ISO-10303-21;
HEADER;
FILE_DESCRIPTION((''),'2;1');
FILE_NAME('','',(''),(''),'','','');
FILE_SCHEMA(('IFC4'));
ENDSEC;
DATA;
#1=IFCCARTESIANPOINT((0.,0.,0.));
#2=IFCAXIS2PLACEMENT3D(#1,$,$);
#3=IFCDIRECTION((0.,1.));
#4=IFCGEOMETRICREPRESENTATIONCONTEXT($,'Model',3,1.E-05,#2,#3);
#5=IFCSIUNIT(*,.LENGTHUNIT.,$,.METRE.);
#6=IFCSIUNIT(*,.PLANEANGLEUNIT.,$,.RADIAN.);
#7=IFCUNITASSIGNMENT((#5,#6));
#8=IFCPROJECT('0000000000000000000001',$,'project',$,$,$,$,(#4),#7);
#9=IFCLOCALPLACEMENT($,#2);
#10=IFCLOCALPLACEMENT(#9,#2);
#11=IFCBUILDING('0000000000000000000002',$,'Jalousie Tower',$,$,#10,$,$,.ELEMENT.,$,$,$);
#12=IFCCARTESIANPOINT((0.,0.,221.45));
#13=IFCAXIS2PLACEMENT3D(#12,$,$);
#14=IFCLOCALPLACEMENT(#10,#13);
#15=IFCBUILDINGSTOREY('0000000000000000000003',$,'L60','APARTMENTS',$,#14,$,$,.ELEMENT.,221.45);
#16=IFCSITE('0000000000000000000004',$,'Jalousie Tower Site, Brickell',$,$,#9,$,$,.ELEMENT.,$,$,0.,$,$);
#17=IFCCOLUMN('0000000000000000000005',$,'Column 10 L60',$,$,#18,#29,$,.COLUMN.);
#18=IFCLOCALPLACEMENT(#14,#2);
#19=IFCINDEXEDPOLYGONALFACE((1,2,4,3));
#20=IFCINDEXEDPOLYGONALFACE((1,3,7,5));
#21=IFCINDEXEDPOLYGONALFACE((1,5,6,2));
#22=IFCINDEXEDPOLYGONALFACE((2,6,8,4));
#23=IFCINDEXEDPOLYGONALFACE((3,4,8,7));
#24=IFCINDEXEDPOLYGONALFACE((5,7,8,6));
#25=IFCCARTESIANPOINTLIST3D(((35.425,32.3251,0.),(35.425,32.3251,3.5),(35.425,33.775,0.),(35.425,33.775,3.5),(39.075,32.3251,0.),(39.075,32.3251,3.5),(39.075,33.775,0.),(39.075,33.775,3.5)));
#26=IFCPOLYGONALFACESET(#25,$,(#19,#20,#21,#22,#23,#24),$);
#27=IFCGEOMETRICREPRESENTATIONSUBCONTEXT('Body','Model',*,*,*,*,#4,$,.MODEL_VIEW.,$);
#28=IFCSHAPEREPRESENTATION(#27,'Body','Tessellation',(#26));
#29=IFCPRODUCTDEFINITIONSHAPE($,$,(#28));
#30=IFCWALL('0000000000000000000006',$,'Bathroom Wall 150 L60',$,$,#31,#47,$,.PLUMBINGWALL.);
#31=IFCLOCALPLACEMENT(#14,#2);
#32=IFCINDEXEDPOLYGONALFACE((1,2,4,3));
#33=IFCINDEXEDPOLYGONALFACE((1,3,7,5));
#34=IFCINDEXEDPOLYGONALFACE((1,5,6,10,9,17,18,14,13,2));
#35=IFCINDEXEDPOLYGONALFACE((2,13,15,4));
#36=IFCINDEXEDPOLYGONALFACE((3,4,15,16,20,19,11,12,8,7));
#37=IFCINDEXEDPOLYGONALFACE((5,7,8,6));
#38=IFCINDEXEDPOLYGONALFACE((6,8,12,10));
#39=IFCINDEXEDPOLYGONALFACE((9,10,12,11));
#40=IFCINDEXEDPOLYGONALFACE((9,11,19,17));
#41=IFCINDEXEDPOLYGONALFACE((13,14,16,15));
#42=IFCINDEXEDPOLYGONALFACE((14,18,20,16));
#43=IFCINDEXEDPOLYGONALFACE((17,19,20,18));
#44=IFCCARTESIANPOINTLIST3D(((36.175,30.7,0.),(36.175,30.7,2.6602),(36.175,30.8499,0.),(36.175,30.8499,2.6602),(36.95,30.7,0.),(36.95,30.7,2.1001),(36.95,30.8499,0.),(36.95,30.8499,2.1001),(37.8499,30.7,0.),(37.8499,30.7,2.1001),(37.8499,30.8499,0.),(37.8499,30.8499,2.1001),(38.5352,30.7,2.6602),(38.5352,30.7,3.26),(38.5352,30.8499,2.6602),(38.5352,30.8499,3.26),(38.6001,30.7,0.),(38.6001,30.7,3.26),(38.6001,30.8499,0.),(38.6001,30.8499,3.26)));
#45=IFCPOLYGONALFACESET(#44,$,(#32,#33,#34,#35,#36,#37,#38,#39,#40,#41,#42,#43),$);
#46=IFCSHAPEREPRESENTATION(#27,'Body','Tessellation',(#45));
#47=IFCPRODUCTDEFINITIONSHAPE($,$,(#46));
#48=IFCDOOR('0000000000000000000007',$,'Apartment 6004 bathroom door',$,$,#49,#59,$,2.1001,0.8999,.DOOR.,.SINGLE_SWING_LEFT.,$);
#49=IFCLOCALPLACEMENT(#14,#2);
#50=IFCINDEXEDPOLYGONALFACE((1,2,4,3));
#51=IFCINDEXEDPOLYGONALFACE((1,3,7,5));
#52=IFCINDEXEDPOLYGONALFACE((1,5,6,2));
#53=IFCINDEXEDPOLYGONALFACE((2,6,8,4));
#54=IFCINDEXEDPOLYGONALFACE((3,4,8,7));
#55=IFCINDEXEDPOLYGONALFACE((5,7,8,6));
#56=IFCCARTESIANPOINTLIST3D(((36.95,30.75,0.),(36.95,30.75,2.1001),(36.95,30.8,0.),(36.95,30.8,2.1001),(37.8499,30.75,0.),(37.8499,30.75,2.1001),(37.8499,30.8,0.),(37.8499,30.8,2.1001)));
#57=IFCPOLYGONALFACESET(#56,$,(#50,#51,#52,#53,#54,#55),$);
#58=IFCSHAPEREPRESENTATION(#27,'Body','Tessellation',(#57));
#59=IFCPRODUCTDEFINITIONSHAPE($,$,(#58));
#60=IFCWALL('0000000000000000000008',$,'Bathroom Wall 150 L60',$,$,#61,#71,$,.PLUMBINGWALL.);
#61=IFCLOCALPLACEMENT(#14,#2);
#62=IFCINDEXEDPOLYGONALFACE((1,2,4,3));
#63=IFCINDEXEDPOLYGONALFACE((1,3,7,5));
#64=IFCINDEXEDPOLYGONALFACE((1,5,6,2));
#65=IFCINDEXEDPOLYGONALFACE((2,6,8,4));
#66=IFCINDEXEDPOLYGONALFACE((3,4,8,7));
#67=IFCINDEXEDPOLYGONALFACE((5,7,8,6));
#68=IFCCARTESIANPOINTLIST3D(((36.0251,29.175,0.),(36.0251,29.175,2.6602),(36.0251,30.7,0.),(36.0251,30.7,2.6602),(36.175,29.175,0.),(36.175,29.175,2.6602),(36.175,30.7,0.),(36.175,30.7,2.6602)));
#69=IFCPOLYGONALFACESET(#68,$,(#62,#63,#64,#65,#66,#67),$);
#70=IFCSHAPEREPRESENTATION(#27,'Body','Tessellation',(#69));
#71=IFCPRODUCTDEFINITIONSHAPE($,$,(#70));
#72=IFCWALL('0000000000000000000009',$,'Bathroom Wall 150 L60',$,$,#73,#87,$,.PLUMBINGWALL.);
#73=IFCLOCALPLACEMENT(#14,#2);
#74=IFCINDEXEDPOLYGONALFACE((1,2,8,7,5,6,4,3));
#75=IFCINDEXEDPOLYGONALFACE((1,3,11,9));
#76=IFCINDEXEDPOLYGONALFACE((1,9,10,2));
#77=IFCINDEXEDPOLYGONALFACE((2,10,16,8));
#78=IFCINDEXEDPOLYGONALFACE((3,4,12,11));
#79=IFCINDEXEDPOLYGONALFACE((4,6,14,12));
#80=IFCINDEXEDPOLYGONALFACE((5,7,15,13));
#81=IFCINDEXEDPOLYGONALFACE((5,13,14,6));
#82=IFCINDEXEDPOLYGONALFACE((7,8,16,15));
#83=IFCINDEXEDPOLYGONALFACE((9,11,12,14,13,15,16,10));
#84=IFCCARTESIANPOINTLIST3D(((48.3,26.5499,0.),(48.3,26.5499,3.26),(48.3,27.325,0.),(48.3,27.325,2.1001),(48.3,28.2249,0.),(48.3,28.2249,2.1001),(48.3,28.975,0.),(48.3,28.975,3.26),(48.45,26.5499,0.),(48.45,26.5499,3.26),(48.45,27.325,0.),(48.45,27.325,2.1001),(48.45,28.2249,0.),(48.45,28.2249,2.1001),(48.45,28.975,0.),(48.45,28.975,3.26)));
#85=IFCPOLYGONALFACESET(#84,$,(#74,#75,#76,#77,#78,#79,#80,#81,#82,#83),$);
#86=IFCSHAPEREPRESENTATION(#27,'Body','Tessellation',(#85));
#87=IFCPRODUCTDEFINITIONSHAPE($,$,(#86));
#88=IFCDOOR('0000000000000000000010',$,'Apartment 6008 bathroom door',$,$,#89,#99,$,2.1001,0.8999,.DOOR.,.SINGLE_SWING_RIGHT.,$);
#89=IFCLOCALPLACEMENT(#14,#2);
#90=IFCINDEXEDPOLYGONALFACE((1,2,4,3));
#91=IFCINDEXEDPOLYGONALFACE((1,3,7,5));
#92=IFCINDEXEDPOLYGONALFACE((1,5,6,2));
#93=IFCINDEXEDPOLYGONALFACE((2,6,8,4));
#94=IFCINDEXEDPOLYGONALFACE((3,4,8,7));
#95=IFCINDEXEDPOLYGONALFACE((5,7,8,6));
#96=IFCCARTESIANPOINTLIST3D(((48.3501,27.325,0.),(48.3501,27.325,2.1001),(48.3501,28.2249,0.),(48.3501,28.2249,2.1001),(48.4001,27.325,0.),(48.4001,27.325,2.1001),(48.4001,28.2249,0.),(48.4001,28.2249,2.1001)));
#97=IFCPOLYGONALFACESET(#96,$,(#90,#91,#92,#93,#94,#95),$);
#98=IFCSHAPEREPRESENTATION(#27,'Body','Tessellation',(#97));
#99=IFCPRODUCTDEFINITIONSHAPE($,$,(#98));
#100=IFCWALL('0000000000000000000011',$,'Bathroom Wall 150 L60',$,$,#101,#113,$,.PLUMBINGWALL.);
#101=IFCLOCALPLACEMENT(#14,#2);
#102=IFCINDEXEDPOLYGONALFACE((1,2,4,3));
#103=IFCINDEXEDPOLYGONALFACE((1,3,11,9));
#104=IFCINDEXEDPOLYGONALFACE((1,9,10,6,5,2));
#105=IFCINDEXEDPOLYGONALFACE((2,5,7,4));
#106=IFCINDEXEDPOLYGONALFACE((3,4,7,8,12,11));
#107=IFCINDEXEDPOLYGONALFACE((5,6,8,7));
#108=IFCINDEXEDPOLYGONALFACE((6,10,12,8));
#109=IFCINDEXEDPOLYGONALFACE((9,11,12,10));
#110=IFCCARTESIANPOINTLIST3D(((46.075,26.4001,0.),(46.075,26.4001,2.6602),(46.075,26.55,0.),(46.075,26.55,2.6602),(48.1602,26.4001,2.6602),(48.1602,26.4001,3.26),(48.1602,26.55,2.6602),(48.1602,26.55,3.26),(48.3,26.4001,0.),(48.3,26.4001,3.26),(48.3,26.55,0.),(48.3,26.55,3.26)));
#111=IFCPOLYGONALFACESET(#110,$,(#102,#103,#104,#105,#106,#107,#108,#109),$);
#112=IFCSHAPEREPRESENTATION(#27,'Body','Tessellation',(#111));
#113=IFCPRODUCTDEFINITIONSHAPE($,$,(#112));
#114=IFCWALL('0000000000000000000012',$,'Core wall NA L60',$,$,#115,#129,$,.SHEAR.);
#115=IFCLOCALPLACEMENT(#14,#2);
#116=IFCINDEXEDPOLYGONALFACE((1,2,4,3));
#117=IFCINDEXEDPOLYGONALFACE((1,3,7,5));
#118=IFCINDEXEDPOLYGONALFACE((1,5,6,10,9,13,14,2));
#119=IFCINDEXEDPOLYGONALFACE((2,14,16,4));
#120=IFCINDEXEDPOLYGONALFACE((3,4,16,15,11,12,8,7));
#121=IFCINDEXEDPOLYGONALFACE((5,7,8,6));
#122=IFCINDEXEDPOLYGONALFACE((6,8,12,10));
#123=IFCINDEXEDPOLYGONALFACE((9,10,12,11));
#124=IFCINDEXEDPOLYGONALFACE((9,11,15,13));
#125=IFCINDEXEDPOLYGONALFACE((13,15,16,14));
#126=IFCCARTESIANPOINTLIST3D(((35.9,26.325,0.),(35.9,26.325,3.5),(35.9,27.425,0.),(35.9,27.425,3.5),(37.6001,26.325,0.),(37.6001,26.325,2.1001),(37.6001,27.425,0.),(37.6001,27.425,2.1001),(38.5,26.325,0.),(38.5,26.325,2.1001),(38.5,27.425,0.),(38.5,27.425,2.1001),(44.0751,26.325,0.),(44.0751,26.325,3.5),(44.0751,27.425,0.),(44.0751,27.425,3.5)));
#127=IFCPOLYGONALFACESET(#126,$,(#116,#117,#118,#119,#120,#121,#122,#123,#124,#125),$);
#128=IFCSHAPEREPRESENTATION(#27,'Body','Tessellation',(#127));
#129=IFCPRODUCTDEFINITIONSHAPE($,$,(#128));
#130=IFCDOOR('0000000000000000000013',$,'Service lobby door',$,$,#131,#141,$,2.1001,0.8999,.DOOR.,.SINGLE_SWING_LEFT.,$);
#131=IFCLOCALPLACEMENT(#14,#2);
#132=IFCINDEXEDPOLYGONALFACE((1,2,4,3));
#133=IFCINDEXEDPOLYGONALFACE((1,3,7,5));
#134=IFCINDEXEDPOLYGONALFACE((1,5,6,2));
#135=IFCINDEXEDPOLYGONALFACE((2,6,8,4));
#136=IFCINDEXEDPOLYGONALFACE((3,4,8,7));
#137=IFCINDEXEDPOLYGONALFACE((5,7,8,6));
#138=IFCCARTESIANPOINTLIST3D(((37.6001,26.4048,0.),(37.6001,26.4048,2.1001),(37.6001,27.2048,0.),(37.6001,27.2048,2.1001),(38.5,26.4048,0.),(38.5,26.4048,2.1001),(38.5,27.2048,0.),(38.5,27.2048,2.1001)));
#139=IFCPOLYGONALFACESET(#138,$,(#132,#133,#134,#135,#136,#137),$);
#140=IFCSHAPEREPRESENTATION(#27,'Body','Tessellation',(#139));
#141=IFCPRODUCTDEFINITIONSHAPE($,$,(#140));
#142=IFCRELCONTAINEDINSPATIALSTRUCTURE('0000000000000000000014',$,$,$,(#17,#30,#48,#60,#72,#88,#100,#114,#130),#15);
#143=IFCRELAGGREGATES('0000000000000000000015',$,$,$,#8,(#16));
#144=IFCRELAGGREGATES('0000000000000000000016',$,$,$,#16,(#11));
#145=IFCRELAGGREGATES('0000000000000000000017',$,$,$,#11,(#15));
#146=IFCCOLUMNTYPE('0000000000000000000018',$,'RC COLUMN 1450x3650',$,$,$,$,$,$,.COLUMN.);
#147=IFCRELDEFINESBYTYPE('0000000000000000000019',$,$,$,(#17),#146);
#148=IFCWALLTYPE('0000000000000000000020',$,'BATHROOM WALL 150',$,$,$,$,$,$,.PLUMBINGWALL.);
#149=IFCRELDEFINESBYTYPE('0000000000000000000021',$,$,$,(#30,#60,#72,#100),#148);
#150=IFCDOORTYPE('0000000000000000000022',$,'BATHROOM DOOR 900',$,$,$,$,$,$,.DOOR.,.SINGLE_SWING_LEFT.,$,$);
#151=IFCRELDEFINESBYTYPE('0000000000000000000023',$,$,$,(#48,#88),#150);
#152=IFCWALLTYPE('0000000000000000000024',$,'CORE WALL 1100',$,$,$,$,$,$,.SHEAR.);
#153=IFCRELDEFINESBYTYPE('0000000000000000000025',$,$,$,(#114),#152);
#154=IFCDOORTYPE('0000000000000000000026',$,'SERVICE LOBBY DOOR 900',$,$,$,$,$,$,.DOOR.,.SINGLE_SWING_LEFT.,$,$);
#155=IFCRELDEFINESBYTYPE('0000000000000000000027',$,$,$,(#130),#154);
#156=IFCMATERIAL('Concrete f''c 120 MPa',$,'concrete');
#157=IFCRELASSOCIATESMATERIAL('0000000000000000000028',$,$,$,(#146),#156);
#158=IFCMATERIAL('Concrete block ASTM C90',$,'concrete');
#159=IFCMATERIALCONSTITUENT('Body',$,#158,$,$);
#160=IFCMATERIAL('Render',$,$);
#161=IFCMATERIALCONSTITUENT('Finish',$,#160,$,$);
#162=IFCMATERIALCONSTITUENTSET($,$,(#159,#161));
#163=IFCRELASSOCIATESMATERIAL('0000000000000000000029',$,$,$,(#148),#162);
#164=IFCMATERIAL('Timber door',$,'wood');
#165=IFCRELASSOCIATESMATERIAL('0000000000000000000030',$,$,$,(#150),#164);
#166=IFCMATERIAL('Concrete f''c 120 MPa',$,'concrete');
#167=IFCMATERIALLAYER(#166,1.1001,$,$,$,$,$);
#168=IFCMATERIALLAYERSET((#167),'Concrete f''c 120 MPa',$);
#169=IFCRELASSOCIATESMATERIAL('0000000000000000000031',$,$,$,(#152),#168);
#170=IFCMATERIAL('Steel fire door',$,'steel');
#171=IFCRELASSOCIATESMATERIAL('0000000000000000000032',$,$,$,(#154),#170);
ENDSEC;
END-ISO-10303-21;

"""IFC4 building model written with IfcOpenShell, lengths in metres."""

from ifc_helpers import new_model, si_unit, direction, frame, frame_2d, origin, origin_2d, place, context, subcontext, project, spatial, polyline, rectangle, outline, extrude, material, layer, layer_set, constituent, constituent_set, material_profile, profile_set, type_object, element, fill, save


model = new_model("IFC4")

# Units and contexts
model_context = context("Model", 3, precision=1e-05, world=origin(), true_north=direction((0.0, 1.0)))
body_context = subcontext(model_context, "Body", "Model", "MODEL_VIEW")
ifc_project = project(units=[si_unit("LENGTHUNIT", "METRE"), si_unit("PLANEANGLEUNIT", "RADIAN")], contexts=[model_context])

# Site, building, storey
site_placement = place(None, origin())
site = spatial("IfcSite", under=ifc_project, at=site_placement, Name="Jalousie Tower Site, Brickell", CompositionType="ELEMENT", RefElevation=0.0)
building_placement = place(site_placement, origin())
building = spatial("IfcBuilding", under=site, at=building_placement, Name="Jalousie Tower", CompositionType="ELEMENT")
storey_placement = place(building_placement, frame((0.0, 0.0, 221.45)))
storey = spatial("IfcBuildingStorey", under=building, at=storey_placement, Name="L60", Description="APARTMENTS", CompositionType="ELEMENT", Elevation=221.45)

# Column
ifc_material_1 = material(Name="Concrete f'c 120 MPa", Category="concrete")
ifc_material_profile = material_profile(ifc_material_1, rectangle(XDim=1.45, YDim=3.6499, at=origin_2d()), Name="RC 1450x3650")
ifc_profile_set = profile_set([ifc_material_profile], Name="Concrete f'c 120 MPa")
column_type = type_object("IfcColumnType", Name="RC COLUMN 1450x3650", PredefinedType="COLUMN", material=ifc_profile_set)
column_placement = place(storey_placement, frame((37.25, 33.05, 0.0), z_axis=(0.0, 0.0, 1.0), x_axis=(0.0, 1.0, 0.0)))
element("IfcColumn", 1, at=column_placement, inside=storey, type_object=column_type, Name="Column 10 L60", PredefinedType="COLUMN", context=body_context, shape_type="SweptSolid", body=[
    extrude(rectangle(XDim=1.45, YDim=3.6499, at=origin_2d()), origin(), (0.0, 0.0, 1.0), 3.5),
])

# Wall, opening, door
ifc_material_2 = material(Name="Concrete block ASTM C90", Category="concrete")
ifc_constituent_1 = constituent(ifc_material_2, Name="Body")
ifc_material_3 = material(Name="Render")
ifc_constituent_2 = constituent(ifc_material_3, Name="Finish")
ifc_constituent_set_1 = constituent_set(constituents=[ifc_constituent_1, ifc_constituent_2])
wall_type_1 = type_object("IfcWallType", Name="BATHROOM WALL 150", PredefinedType="PLUMBINGWALL", material=ifc_constituent_set_1)
wall_1_placement = place(storey_placement, frame((36.175, 30.7749, 0.0), z_axis=(0.0, 0.0, 1.0), x_axis=(1.0, 0.0, 0.0)))
wall_1 = element("IfcWall", 2, at=wall_1_placement, inside=storey, type_object=wall_type_1, Name="Bathroom Wall 150 L60", PredefinedType="PLUMBINGWALL", context=body_context, shape_type="SweptSolid", body=[
    extrude(outline(polyline([(0.0, 0.0), (2.425, 0.0), (2.425, 3.26), (2.3601, 3.26), (2.3601, 2.6602), (0.0, 2.6602), (0.0, 3.26), (0.0, 0.0)])), frame((0.0, 0.075, 0.0), z_axis=(0.0, -1.0, 0.0), x_axis=(1.0, 0.0, 0.0)), (0.0, 0.0, 1.0), 0.1499),
])
opening_1_placement = place(wall_1_placement, frame((0.7749, 0.0, 0.0)))
opening_1 = element("IfcOpeningElement", 3, at=opening_1_placement, cuts=wall_1, PredefinedType="OPENING", context=body_context, shape_type="SweptSolid", body=[
    extrude(rectangle(XDim=0.8999, YDim=2.1001, at=frame_2d((0.45, 1.05))), frame((0.0, 0.085, 0.0), z_axis=(0.0, -1.0, 0.0), x_axis=(1.0, 0.0, 0.0)), (0.0, 0.0, 1.0), 0.1699),
])
ifc_material_4 = material(Name="Timber door", Category="wood")
door_type_1 = type_object("IfcDoorType", Name="BATHROOM DOOR 900", OperationType="SINGLE_SWING_LEFT", PredefinedType="DOOR", material=ifc_material_4)
door_1_placement = place(opening_1_placement, frame((0.8999, 0.0, 0.0), z_axis=(0.0, 0.0, 1.0), x_axis=(-1.0, 0.0, 0.0)))
door_1 = element("IfcDoor", 4, at=door_1_placement, inside=storey, type_object=door_type_1, Name="Apartment 6004 bathroom door", OperationType="SINGLE_SWING_LEFT", OverallHeight=2.1001, OverallWidth=0.8999, PredefinedType="DOOR", context=body_context, shape_type="SweptSolid", body=[
    extrude(rectangle(XDim=0.8999, YDim=2.1001, at=frame_2d((0.45, 1.05))), frame((0.0, 0.0249, 0.0), z_axis=(0.0, -1.0, 0.0), x_axis=(1.0, 0.0, 0.0)), (0.0, 0.0, 1.0), 0.05),
])
fill(opening_1, door_1)

# Wall
wall_2_placement = place(storey_placement, frame((36.1001, 30.7, 0.0), z_axis=(0.0, 0.0, 1.0), x_axis=(0.0, -1.0, 0.0)))
element("IfcWall", 5, at=wall_2_placement, inside=storey, type_object=wall_type_1, Name="Bathroom Wall 150 L60", PredefinedType="PLUMBINGWALL", context=body_context, shape_type="SweptSolid", body=[
    extrude(outline(polyline([(0.0, 0.0), (1.5249, 0.0), (1.5249, 3.26), (1.5249, 2.6602), (0.0, 2.6602), (0.0, 3.26), (0.0, 0.0)])), frame((0.0, 0.075, 0.0), z_axis=(0.0, -1.0, 0.0), x_axis=(1.0, 0.0, 0.0)), (0.0, 0.0, 1.0), 0.1499),
])

# Wall, opening, door
wall_3_placement = place(storey_placement, frame((48.375, 26.55, 0.0), z_axis=(0.0, 0.0, 1.0), x_axis=(0.0, 1.0, 0.0)))
wall_3 = element("IfcWall", 6, at=wall_3_placement, inside=storey, type_object=wall_type_1, Name="Bathroom Wall 150 L60", PredefinedType="PLUMBINGWALL", context=body_context, shape_type="SweptSolid", body=[
    extrude(rectangle(XDim=2.425, YDim=0.1499, at=frame_2d((1.2124, 0.0))), origin(), (0.0, 0.0, 1.0), 3.26),
])
opening_2_placement = place(wall_3_placement, frame((0.7749, 0.0, 0.0)))
opening_2 = element("IfcOpeningElement", 7, at=opening_2_placement, cuts=wall_3, PredefinedType="OPENING", context=body_context, shape_type="SweptSolid", body=[
    extrude(rectangle(XDim=0.8999, YDim=2.1001, at=frame_2d((0.45, 1.05))), frame((0.0, 0.085, 0.0), z_axis=(0.0, -1.0, 0.0), x_axis=(1.0, 0.0, 0.0)), (0.0, 0.0, 1.0), 0.1699),
])
door_2_placement = place(opening_2_placement, origin())
door_2 = element("IfcDoor", 8, at=door_2_placement, inside=storey, type_object=door_type_1, Name="Apartment 6008 bathroom door", OperationType="SINGLE_SWING_RIGHT", OverallHeight=2.1001, OverallWidth=0.8999, PredefinedType="DOOR", context=body_context, shape_type="SweptSolid", body=[
    extrude(rectangle(XDim=0.8999, YDim=2.1001, at=frame_2d((0.45, 1.05))), frame((0.0, 0.0249, 0.0), z_axis=(0.0, -1.0, 0.0), x_axis=(1.0, 0.0, 0.0)), (0.0, 0.0, 1.0), 0.05),
])
fill(opening_2, door_2)

# Wall
wall_4_placement = place(storey_placement, frame((48.3, 26.4751, 0.0), z_axis=(0.0, 0.0, 1.0), x_axis=(-1.0, 0.0, 0.0)))
element("IfcWall", 9, at=wall_4_placement, inside=storey, type_object=wall_type_1, Name="Bathroom Wall 150 L60", PredefinedType="PLUMBINGWALL", context=body_context, shape_type="SweptSolid", body=[
    extrude(outline(polyline([(0.0, 0.0), (2.2251, 0.0), (2.2251, 3.26), (2.2251, 2.6602), (0.1399, 2.6602), (0.1399, 3.26), (0.0, 3.26), (0.0, 0.0)])), frame((0.0, 0.075, 0.0), z_axis=(0.0, -1.0, 0.0), x_axis=(1.0, 0.0, 0.0)), (0.0, 0.0, 1.0), 0.1499),
])

# Wall, opening, door
ifc_material_5 = material(Name="Concrete f'c 120 MPa", Category="concrete")
ifc_layer = layer(ifc_material_5, 1.1001)
ifc_layer_set = layer_set([ifc_layer], Name="Concrete f'c 120 MPa")
wall_type_2 = type_object("IfcWallType", Name="CORE WALL 1100", PredefinedType="SHEAR", material=ifc_layer_set)
wall_5_placement = place(storey_placement, frame((44.075, 26.875, 0.0), z_axis=(0.0, 0.0, 1.0), x_axis=(-1.0, 0.0, 0.0)))
wall_5 = element("IfcWall", 10, at=wall_5_placement, inside=storey, type_object=wall_type_2, Name="Core wall NA L60", PredefinedType="SHEAR", context=body_context, shape_type="SweptSolid", body=[
    extrude(rectangle(XDim=8.175, YDim=1.1001, at=frame_2d((4.0874, 0.0))), origin(), (0.0, 0.0, 1.0), 3.5),
])
opening_3_placement = place(wall_5_placement, frame((5.575, 0.0, 0.0)))
opening_3 = element("IfcOpeningElement", 11, at=opening_3_placement, cuts=wall_5, PredefinedType="OPENING", context=body_context, shape_type="SweptSolid", body=[
    extrude(rectangle(XDim=0.8999, YDim=2.1001, at=frame_2d((0.45, 1.05))), frame((0.0, 0.5601, 0.0), z_axis=(0.0, -1.0, 0.0), x_axis=(1.0, 0.0, 0.0)), (0.0, 0.0, 1.0), 1.1201),
])
ifc_material_6 = material(Name="Steel fire door", Category="steel")
door_type_2 = type_object("IfcDoorType", Name="SERVICE LOBBY DOOR 900", OperationType="SINGLE_SWING_LEFT", PredefinedType="DOOR", material=ifc_material_6)
door_3_placement = place(opening_3_placement, origin())
door_3 = element("IfcDoor", 12, at=door_3_placement, inside=storey, type_object=door_type_2, Name="Service lobby door", OperationType="SINGLE_SWING_LEFT", OverallHeight=2.1001, OverallWidth=0.8999, PredefinedType="DOOR", context=body_context, shape_type="SweptSolid", body=[
    extrude(rectangle(XDim=0.8999, YDim=2.1001, at=frame_2d((0.45, 1.05))), frame((0.0, 0.4702, 0.0), z_axis=(0.0, -1.0, 0.0), x_axis=(1.0, 0.0, 0.0)), (0.0, 0.0, 1.0), 0.8),
])
fill(opening_3, door_3)

save(model, "model.ifc")
